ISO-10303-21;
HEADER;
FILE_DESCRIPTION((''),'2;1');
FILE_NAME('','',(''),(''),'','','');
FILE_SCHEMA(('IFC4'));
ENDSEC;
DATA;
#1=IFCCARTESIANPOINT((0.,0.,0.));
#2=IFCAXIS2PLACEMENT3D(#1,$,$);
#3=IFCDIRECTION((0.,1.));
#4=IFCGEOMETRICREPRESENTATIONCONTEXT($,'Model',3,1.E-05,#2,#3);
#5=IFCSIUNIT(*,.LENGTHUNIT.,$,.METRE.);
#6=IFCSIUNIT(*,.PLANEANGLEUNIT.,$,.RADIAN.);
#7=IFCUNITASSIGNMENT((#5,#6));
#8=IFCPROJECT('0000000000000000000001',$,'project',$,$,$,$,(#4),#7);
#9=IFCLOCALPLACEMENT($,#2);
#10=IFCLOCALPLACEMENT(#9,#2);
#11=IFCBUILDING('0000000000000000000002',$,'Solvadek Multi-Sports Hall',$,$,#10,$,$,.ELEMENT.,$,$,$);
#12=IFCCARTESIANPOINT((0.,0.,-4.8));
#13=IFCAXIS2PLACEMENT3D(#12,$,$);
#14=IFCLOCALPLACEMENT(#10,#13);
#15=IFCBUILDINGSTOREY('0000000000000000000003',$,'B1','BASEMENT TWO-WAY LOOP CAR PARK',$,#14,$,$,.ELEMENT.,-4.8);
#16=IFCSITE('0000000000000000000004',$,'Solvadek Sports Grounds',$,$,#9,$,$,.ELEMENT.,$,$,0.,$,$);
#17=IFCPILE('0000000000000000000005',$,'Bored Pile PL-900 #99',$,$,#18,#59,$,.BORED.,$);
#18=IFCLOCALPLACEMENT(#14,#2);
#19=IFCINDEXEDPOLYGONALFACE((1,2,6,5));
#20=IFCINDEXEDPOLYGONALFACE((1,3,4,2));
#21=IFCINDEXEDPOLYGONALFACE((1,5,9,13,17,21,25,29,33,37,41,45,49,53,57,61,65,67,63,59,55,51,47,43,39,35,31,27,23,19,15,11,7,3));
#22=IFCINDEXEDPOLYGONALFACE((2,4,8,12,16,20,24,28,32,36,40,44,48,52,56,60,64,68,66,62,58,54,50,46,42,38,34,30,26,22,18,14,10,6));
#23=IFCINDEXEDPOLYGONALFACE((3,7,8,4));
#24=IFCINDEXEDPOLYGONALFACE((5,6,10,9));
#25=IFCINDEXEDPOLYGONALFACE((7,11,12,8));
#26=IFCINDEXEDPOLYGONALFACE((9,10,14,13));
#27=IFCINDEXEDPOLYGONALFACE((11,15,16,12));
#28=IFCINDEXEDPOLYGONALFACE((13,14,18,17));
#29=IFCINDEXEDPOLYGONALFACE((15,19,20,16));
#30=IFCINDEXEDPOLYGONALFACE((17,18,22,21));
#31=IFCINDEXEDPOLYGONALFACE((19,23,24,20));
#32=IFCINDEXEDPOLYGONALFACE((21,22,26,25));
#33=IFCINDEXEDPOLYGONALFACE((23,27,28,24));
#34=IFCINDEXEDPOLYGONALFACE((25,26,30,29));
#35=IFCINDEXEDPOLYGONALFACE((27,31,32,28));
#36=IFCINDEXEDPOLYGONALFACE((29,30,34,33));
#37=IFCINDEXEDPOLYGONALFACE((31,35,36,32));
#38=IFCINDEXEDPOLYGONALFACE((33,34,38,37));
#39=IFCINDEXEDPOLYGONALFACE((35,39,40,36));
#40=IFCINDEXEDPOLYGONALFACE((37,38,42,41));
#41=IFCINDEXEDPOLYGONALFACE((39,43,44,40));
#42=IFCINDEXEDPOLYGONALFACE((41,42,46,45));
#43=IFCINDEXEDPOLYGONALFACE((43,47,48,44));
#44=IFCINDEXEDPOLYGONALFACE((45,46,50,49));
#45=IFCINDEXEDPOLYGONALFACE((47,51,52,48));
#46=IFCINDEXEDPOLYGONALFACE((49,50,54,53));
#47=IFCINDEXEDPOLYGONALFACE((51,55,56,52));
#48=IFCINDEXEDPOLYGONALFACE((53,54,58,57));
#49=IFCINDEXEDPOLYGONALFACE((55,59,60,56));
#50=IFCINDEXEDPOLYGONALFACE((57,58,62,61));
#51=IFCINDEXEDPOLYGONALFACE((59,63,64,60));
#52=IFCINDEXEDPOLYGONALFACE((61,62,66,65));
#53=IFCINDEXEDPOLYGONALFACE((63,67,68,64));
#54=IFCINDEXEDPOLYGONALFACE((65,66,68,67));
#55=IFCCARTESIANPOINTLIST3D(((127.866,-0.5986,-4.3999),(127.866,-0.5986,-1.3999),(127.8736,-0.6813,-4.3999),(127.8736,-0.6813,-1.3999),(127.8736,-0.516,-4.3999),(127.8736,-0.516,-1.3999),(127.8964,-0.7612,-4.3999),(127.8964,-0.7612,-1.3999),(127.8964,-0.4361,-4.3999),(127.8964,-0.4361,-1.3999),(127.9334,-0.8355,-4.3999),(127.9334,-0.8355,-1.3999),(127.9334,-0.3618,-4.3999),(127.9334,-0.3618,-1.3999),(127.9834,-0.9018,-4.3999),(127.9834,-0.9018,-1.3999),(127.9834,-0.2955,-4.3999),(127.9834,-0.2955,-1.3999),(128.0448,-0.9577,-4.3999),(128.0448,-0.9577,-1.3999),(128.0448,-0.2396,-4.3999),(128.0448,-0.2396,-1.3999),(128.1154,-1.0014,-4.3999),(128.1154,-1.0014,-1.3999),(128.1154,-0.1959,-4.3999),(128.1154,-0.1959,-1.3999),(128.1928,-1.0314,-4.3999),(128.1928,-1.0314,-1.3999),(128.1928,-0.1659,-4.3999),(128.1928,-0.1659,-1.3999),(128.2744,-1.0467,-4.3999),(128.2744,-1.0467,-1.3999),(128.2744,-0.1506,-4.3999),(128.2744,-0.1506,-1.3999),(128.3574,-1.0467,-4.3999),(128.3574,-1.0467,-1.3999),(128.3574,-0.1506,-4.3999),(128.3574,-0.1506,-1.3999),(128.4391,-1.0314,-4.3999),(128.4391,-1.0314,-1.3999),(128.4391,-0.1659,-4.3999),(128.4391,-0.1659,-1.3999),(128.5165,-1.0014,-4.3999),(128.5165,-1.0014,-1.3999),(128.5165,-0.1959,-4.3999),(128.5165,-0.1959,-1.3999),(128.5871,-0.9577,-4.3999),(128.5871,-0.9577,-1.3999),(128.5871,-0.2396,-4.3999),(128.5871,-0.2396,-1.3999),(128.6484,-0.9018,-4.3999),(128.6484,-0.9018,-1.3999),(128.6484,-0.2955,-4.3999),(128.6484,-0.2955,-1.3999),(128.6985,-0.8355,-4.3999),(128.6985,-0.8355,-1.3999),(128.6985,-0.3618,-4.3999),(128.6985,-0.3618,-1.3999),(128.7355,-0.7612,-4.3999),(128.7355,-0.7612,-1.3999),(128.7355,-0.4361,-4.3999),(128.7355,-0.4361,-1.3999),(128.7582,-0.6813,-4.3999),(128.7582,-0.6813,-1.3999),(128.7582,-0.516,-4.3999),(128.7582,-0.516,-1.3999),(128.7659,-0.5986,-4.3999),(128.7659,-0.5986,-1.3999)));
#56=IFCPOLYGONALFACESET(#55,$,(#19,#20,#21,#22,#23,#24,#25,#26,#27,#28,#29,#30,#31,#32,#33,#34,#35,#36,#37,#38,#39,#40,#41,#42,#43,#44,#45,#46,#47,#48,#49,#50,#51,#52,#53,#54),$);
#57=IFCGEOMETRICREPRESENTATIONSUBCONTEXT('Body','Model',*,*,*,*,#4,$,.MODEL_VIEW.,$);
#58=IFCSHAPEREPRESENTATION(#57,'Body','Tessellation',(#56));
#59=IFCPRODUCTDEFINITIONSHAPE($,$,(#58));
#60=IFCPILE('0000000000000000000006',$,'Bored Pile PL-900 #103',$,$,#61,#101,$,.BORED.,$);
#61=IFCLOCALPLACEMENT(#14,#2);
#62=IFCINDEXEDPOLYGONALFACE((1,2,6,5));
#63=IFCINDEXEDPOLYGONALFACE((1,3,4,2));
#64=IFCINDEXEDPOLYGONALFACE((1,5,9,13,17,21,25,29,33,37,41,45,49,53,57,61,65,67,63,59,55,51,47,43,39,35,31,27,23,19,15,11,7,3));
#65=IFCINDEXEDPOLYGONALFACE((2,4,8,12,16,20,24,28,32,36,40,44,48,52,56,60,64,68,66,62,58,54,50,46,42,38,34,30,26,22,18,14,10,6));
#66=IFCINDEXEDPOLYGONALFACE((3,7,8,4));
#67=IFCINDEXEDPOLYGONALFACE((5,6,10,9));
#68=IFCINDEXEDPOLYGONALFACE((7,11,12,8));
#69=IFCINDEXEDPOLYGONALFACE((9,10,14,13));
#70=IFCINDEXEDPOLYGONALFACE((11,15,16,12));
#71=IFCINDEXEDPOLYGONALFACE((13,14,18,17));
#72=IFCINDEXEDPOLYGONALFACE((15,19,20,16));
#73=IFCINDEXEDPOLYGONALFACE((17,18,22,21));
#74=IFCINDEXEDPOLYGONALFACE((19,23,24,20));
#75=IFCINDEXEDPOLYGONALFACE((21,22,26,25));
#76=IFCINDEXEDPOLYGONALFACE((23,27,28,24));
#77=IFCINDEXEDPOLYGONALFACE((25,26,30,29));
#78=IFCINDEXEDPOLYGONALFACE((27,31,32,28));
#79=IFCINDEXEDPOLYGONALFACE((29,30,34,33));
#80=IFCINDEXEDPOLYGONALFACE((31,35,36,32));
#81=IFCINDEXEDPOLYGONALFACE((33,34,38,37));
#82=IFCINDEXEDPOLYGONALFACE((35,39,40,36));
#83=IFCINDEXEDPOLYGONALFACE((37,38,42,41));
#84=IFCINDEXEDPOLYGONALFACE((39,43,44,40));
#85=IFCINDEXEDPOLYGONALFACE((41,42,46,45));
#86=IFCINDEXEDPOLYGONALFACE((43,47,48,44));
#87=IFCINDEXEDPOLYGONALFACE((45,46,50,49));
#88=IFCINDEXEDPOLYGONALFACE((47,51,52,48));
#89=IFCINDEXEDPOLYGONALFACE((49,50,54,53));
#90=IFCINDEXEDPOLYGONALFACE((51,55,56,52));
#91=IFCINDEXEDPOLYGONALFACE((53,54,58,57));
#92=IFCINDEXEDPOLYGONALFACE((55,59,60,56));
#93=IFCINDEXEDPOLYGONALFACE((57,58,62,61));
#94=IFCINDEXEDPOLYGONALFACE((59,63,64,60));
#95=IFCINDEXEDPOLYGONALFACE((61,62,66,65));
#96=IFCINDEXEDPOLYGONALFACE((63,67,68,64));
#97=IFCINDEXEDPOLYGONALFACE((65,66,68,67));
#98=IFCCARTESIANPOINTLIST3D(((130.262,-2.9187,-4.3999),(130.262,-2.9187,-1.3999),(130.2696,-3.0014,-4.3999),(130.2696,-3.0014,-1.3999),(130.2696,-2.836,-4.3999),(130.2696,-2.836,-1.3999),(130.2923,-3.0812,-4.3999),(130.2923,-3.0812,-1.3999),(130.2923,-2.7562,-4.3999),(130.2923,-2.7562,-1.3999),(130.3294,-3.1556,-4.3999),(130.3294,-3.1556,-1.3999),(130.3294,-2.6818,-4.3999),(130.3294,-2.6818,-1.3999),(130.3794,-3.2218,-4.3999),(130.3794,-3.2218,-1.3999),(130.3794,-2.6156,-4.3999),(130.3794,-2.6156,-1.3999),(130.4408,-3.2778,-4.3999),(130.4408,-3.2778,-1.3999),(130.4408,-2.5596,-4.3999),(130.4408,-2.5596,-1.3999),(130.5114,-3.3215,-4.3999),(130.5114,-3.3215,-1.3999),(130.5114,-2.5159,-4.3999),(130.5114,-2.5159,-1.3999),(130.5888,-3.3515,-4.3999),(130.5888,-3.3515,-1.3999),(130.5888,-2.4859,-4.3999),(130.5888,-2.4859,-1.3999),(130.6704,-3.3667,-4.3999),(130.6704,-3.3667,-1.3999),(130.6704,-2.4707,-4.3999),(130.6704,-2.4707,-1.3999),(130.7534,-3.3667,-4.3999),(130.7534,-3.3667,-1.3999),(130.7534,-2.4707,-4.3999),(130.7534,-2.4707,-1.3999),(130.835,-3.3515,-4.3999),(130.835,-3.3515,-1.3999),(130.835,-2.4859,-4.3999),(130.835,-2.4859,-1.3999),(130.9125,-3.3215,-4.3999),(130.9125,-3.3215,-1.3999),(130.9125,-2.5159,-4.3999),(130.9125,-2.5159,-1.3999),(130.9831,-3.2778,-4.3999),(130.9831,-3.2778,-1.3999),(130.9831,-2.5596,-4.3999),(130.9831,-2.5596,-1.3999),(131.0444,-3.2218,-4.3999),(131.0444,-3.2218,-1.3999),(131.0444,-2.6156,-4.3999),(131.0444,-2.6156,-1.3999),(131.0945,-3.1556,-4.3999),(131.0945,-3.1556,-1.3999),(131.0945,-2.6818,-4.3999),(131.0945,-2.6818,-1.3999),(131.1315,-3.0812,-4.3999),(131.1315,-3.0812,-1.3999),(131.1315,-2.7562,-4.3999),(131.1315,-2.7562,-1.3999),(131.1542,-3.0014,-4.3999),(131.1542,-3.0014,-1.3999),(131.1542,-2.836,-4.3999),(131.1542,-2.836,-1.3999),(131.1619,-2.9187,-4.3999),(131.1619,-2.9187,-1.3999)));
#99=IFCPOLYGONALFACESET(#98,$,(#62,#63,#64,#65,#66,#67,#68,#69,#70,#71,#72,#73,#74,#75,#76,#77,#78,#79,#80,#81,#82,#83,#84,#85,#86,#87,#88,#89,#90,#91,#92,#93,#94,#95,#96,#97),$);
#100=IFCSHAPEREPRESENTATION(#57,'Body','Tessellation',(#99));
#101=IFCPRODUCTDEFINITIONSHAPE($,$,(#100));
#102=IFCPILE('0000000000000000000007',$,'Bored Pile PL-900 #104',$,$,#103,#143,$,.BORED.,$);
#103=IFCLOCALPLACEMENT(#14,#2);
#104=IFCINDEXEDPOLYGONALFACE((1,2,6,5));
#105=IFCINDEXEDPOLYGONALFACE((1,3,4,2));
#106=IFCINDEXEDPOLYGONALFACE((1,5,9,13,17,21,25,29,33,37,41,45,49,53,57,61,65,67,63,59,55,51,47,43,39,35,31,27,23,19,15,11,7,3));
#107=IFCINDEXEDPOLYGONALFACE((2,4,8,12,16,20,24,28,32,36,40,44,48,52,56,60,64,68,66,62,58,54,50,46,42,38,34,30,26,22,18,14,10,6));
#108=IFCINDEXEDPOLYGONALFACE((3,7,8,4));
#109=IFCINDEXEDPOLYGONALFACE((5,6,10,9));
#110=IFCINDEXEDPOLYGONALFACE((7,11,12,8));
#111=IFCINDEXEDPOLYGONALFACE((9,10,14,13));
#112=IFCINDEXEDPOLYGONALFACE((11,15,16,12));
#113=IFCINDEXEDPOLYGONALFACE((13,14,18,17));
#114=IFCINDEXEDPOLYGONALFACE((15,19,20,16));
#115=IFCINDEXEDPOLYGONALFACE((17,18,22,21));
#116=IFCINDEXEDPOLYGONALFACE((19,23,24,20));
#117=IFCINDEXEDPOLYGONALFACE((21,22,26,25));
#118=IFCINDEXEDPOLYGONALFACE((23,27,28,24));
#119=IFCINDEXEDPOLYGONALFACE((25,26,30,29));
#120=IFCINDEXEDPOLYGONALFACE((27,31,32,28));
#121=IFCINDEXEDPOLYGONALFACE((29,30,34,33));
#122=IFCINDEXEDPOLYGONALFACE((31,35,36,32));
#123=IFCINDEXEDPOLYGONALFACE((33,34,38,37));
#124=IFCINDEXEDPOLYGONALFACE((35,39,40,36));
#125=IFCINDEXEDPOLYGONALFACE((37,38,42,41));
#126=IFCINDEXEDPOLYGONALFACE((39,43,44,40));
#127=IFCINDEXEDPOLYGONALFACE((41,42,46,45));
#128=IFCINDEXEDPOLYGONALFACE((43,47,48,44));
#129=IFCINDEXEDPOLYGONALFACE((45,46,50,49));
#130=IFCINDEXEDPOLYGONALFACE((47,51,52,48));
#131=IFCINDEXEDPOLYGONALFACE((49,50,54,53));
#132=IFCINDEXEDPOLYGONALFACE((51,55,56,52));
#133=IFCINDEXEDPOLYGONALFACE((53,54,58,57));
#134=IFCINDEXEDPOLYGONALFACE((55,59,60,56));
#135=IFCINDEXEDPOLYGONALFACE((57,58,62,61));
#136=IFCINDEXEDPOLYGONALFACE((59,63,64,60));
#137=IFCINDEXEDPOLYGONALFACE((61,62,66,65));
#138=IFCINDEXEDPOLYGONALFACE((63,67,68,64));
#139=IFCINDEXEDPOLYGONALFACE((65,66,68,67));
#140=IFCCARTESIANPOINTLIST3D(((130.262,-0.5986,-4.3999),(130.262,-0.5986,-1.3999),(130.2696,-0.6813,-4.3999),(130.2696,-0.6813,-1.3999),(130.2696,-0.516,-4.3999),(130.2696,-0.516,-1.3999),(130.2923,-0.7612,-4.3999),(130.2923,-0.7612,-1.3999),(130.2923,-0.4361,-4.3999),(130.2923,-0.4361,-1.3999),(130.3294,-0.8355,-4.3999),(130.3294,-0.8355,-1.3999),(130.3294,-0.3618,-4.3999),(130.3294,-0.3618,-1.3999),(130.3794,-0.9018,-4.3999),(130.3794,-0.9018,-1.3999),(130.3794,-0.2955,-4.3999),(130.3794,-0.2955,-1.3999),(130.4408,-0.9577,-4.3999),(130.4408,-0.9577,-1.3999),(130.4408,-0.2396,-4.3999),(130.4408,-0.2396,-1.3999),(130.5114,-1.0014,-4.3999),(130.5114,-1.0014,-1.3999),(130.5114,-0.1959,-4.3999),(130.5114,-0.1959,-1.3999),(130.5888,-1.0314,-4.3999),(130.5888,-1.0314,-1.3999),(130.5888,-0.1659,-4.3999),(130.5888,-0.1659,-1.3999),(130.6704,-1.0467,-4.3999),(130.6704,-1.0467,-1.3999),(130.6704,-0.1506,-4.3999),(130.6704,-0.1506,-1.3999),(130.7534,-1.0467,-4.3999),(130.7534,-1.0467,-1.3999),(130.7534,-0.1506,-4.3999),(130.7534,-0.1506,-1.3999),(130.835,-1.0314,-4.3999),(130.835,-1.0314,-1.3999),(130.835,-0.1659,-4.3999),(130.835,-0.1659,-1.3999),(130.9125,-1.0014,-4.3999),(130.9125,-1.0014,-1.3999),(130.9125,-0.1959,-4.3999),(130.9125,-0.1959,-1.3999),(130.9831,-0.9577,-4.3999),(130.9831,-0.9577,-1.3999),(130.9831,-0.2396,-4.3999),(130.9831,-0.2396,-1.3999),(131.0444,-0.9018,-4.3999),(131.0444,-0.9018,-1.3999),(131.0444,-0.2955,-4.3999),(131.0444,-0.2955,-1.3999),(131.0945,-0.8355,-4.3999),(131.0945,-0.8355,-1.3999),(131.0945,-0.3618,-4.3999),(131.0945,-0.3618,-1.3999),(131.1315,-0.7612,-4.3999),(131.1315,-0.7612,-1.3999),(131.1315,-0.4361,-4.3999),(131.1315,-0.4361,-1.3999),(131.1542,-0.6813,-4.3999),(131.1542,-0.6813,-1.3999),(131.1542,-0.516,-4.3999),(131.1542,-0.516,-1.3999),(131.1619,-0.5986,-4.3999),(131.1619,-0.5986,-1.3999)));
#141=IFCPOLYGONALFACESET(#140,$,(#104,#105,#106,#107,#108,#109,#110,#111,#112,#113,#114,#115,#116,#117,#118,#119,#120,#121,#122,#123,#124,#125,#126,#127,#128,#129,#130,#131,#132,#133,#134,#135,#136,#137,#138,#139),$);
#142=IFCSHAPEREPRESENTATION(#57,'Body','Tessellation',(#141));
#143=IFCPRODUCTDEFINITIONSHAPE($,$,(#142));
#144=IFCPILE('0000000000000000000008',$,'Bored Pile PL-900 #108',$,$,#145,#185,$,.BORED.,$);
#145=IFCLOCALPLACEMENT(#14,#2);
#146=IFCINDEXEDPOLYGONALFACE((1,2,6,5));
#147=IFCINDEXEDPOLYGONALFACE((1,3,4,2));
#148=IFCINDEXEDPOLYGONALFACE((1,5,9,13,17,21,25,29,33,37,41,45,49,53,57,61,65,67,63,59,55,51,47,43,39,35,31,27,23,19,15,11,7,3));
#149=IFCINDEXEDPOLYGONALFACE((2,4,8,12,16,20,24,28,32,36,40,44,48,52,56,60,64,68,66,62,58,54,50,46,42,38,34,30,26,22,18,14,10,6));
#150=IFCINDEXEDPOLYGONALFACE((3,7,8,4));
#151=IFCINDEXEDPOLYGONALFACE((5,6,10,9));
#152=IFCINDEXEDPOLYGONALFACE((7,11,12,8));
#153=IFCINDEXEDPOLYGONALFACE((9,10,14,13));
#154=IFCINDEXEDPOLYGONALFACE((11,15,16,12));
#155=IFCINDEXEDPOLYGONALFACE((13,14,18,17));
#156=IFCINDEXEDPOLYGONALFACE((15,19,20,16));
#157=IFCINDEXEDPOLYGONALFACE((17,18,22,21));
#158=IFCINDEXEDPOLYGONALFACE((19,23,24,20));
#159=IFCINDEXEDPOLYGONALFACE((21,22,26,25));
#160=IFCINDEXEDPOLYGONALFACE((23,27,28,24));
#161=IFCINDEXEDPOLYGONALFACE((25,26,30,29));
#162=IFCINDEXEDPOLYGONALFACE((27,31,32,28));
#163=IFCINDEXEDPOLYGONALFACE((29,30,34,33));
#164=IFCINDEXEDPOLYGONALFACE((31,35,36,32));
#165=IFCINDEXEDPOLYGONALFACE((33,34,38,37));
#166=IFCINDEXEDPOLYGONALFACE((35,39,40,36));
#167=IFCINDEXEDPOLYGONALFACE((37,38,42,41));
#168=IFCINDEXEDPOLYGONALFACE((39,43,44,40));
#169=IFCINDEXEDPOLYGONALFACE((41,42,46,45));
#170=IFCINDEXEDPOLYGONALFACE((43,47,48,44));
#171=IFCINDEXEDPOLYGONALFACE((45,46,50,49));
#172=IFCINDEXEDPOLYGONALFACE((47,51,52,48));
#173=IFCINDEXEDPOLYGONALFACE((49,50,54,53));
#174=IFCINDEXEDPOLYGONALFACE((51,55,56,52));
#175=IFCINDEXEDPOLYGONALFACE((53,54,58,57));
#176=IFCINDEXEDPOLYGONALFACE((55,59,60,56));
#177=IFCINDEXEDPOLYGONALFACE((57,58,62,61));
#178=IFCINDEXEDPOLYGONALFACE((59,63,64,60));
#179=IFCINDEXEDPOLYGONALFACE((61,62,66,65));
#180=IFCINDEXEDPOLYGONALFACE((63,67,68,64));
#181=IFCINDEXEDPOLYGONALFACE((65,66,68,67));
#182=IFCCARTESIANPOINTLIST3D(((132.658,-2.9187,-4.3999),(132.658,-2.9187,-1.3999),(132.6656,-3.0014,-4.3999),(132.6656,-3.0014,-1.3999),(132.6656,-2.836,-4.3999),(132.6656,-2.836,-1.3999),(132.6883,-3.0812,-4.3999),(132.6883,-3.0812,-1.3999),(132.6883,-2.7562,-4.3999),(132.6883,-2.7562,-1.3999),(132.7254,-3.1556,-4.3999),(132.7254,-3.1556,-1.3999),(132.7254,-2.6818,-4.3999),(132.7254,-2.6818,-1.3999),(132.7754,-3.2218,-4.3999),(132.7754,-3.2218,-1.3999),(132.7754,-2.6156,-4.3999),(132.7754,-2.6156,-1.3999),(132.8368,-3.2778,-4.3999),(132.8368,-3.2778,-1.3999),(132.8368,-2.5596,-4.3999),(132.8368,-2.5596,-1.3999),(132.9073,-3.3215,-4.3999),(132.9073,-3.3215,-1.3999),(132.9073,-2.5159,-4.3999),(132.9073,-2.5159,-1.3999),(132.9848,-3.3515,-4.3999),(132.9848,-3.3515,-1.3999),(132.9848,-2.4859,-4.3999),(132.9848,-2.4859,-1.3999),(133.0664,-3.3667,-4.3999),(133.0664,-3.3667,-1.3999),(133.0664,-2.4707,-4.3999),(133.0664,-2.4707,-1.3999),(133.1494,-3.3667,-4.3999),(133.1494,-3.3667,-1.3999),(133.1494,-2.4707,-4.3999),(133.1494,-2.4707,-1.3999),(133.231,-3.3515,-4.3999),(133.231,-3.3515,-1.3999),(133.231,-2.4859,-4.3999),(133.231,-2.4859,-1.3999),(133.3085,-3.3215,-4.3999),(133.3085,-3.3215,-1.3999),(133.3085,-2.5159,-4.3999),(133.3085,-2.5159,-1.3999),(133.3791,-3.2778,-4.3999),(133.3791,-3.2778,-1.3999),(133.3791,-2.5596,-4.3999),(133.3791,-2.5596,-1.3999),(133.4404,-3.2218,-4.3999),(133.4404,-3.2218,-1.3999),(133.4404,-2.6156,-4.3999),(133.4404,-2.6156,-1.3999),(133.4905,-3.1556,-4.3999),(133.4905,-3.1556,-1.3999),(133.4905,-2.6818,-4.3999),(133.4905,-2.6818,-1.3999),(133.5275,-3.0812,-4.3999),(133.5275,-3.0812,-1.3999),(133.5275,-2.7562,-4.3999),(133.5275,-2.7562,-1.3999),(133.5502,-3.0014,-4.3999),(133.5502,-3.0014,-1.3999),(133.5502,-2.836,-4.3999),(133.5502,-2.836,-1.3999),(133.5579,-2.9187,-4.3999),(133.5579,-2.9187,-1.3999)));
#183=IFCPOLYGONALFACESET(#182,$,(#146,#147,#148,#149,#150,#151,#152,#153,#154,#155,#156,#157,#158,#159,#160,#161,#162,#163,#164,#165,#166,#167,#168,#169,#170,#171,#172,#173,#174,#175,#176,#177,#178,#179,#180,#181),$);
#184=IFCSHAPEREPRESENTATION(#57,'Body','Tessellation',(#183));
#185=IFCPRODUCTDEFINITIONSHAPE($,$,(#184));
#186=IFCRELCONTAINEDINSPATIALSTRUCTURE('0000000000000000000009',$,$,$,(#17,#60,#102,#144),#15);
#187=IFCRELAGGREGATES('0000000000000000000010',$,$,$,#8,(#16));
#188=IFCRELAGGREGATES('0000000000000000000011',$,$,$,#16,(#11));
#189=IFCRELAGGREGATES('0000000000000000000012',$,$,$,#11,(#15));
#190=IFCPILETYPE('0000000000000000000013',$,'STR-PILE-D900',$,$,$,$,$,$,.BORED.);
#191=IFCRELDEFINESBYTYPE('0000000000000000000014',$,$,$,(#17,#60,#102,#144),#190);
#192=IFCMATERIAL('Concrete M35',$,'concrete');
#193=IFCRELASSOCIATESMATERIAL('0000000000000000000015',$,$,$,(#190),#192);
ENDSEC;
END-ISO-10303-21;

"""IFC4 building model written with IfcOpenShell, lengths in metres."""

from ifc_helpers import new_model, si_unit, direction, frame, origin, origin_2d, place, context, subcontext, project, spatial, circle, extrude, material, material_profile, profile_set, type_object, element, save


model = new_model("IFC4")

# Units and contexts
model_context = context("Model", 3, precision=1e-05, world=origin(), true_north=direction((0.0, 1.0)))
body_context = subcontext(model_context, "Body", "Model", "MODEL_VIEW")
ifc_project = project(units=[si_unit("LENGTHUNIT", "METRE"), si_unit("PLANEANGLEUNIT", "RADIAN")], contexts=[model_context])

# Site, building, storey
site_placement = place(None, origin())
site = spatial("IfcSite", under=ifc_project, at=site_placement, Name="Solvadek Sports Grounds", CompositionType="ELEMENT", RefElevation=0.0)
building_placement = place(site_placement, origin())
building = spatial("IfcBuilding", under=site, at=building_placement, Name="Solvadek Multi-Sports Hall", CompositionType="ELEMENT")
storey_placement = place(building_placement, frame((0.0, 0.0, -4.8)))
storey = spatial("IfcBuildingStorey", under=building, at=storey_placement, Name="B1", Description="BASEMENT TWO-WAY LOOP CAR PARK", CompositionType="ELEMENT", Elevation=-4.8)

# Piles
ifc_material_1 = material(Name="Concrete M35", Category="concrete")
ifc_material_profile_1 = material_profile(ifc_material_1, circle(Radius=0.45, at=origin_2d()), Name="BORED PILE D900")
ifc_profile_set_1 = profile_set([ifc_material_profile_1], Name="Concrete M35")
pile_type_1 = type_object("IfcPileType", Name="STR-PILE-D900", PredefinedType="BORED", material=ifc_profile_set_1)
for number, where, z_axis, x_axis, name in (
    (1, (128.3159, -0.5986, -1.3999), (0.0, 0.0, -1.0), (1.0, 0.0, 0.0), "Bored Pile PL-900 #99"),
    (2, (130.7119, -2.9187, -1.3999), (0.0, 0.0, -1.0), (1.0, 0.0, 0.0), "Bored Pile PL-900 #103"),
    (3, (130.7119, -0.5986, -1.3999), (0.0, 0.0, -1.0), (1.0, 0.0, 0.0), "Bored Pile PL-900 #104"),
    (4, (133.1079, -2.9187, -1.3999), (0.0, 0.0, -1.0), (1.0, 0.0, 0.0), "Bored Pile PL-900 #108"),
):
    element("IfcPile", number, at=place(storey_placement, frame(where, z_axis=z_axis, x_axis=x_axis)), inside=storey, type_object=pile_type_1, Name=name, PredefinedType="BORED", context=body_context, shape_type="SweptSolid", body=[
        extrude(circle(Radius=0.45, at=origin_2d()), origin(), (0.0, 0.0, 1.0), 3.0),
    ])

save(model, "model.ifc")
